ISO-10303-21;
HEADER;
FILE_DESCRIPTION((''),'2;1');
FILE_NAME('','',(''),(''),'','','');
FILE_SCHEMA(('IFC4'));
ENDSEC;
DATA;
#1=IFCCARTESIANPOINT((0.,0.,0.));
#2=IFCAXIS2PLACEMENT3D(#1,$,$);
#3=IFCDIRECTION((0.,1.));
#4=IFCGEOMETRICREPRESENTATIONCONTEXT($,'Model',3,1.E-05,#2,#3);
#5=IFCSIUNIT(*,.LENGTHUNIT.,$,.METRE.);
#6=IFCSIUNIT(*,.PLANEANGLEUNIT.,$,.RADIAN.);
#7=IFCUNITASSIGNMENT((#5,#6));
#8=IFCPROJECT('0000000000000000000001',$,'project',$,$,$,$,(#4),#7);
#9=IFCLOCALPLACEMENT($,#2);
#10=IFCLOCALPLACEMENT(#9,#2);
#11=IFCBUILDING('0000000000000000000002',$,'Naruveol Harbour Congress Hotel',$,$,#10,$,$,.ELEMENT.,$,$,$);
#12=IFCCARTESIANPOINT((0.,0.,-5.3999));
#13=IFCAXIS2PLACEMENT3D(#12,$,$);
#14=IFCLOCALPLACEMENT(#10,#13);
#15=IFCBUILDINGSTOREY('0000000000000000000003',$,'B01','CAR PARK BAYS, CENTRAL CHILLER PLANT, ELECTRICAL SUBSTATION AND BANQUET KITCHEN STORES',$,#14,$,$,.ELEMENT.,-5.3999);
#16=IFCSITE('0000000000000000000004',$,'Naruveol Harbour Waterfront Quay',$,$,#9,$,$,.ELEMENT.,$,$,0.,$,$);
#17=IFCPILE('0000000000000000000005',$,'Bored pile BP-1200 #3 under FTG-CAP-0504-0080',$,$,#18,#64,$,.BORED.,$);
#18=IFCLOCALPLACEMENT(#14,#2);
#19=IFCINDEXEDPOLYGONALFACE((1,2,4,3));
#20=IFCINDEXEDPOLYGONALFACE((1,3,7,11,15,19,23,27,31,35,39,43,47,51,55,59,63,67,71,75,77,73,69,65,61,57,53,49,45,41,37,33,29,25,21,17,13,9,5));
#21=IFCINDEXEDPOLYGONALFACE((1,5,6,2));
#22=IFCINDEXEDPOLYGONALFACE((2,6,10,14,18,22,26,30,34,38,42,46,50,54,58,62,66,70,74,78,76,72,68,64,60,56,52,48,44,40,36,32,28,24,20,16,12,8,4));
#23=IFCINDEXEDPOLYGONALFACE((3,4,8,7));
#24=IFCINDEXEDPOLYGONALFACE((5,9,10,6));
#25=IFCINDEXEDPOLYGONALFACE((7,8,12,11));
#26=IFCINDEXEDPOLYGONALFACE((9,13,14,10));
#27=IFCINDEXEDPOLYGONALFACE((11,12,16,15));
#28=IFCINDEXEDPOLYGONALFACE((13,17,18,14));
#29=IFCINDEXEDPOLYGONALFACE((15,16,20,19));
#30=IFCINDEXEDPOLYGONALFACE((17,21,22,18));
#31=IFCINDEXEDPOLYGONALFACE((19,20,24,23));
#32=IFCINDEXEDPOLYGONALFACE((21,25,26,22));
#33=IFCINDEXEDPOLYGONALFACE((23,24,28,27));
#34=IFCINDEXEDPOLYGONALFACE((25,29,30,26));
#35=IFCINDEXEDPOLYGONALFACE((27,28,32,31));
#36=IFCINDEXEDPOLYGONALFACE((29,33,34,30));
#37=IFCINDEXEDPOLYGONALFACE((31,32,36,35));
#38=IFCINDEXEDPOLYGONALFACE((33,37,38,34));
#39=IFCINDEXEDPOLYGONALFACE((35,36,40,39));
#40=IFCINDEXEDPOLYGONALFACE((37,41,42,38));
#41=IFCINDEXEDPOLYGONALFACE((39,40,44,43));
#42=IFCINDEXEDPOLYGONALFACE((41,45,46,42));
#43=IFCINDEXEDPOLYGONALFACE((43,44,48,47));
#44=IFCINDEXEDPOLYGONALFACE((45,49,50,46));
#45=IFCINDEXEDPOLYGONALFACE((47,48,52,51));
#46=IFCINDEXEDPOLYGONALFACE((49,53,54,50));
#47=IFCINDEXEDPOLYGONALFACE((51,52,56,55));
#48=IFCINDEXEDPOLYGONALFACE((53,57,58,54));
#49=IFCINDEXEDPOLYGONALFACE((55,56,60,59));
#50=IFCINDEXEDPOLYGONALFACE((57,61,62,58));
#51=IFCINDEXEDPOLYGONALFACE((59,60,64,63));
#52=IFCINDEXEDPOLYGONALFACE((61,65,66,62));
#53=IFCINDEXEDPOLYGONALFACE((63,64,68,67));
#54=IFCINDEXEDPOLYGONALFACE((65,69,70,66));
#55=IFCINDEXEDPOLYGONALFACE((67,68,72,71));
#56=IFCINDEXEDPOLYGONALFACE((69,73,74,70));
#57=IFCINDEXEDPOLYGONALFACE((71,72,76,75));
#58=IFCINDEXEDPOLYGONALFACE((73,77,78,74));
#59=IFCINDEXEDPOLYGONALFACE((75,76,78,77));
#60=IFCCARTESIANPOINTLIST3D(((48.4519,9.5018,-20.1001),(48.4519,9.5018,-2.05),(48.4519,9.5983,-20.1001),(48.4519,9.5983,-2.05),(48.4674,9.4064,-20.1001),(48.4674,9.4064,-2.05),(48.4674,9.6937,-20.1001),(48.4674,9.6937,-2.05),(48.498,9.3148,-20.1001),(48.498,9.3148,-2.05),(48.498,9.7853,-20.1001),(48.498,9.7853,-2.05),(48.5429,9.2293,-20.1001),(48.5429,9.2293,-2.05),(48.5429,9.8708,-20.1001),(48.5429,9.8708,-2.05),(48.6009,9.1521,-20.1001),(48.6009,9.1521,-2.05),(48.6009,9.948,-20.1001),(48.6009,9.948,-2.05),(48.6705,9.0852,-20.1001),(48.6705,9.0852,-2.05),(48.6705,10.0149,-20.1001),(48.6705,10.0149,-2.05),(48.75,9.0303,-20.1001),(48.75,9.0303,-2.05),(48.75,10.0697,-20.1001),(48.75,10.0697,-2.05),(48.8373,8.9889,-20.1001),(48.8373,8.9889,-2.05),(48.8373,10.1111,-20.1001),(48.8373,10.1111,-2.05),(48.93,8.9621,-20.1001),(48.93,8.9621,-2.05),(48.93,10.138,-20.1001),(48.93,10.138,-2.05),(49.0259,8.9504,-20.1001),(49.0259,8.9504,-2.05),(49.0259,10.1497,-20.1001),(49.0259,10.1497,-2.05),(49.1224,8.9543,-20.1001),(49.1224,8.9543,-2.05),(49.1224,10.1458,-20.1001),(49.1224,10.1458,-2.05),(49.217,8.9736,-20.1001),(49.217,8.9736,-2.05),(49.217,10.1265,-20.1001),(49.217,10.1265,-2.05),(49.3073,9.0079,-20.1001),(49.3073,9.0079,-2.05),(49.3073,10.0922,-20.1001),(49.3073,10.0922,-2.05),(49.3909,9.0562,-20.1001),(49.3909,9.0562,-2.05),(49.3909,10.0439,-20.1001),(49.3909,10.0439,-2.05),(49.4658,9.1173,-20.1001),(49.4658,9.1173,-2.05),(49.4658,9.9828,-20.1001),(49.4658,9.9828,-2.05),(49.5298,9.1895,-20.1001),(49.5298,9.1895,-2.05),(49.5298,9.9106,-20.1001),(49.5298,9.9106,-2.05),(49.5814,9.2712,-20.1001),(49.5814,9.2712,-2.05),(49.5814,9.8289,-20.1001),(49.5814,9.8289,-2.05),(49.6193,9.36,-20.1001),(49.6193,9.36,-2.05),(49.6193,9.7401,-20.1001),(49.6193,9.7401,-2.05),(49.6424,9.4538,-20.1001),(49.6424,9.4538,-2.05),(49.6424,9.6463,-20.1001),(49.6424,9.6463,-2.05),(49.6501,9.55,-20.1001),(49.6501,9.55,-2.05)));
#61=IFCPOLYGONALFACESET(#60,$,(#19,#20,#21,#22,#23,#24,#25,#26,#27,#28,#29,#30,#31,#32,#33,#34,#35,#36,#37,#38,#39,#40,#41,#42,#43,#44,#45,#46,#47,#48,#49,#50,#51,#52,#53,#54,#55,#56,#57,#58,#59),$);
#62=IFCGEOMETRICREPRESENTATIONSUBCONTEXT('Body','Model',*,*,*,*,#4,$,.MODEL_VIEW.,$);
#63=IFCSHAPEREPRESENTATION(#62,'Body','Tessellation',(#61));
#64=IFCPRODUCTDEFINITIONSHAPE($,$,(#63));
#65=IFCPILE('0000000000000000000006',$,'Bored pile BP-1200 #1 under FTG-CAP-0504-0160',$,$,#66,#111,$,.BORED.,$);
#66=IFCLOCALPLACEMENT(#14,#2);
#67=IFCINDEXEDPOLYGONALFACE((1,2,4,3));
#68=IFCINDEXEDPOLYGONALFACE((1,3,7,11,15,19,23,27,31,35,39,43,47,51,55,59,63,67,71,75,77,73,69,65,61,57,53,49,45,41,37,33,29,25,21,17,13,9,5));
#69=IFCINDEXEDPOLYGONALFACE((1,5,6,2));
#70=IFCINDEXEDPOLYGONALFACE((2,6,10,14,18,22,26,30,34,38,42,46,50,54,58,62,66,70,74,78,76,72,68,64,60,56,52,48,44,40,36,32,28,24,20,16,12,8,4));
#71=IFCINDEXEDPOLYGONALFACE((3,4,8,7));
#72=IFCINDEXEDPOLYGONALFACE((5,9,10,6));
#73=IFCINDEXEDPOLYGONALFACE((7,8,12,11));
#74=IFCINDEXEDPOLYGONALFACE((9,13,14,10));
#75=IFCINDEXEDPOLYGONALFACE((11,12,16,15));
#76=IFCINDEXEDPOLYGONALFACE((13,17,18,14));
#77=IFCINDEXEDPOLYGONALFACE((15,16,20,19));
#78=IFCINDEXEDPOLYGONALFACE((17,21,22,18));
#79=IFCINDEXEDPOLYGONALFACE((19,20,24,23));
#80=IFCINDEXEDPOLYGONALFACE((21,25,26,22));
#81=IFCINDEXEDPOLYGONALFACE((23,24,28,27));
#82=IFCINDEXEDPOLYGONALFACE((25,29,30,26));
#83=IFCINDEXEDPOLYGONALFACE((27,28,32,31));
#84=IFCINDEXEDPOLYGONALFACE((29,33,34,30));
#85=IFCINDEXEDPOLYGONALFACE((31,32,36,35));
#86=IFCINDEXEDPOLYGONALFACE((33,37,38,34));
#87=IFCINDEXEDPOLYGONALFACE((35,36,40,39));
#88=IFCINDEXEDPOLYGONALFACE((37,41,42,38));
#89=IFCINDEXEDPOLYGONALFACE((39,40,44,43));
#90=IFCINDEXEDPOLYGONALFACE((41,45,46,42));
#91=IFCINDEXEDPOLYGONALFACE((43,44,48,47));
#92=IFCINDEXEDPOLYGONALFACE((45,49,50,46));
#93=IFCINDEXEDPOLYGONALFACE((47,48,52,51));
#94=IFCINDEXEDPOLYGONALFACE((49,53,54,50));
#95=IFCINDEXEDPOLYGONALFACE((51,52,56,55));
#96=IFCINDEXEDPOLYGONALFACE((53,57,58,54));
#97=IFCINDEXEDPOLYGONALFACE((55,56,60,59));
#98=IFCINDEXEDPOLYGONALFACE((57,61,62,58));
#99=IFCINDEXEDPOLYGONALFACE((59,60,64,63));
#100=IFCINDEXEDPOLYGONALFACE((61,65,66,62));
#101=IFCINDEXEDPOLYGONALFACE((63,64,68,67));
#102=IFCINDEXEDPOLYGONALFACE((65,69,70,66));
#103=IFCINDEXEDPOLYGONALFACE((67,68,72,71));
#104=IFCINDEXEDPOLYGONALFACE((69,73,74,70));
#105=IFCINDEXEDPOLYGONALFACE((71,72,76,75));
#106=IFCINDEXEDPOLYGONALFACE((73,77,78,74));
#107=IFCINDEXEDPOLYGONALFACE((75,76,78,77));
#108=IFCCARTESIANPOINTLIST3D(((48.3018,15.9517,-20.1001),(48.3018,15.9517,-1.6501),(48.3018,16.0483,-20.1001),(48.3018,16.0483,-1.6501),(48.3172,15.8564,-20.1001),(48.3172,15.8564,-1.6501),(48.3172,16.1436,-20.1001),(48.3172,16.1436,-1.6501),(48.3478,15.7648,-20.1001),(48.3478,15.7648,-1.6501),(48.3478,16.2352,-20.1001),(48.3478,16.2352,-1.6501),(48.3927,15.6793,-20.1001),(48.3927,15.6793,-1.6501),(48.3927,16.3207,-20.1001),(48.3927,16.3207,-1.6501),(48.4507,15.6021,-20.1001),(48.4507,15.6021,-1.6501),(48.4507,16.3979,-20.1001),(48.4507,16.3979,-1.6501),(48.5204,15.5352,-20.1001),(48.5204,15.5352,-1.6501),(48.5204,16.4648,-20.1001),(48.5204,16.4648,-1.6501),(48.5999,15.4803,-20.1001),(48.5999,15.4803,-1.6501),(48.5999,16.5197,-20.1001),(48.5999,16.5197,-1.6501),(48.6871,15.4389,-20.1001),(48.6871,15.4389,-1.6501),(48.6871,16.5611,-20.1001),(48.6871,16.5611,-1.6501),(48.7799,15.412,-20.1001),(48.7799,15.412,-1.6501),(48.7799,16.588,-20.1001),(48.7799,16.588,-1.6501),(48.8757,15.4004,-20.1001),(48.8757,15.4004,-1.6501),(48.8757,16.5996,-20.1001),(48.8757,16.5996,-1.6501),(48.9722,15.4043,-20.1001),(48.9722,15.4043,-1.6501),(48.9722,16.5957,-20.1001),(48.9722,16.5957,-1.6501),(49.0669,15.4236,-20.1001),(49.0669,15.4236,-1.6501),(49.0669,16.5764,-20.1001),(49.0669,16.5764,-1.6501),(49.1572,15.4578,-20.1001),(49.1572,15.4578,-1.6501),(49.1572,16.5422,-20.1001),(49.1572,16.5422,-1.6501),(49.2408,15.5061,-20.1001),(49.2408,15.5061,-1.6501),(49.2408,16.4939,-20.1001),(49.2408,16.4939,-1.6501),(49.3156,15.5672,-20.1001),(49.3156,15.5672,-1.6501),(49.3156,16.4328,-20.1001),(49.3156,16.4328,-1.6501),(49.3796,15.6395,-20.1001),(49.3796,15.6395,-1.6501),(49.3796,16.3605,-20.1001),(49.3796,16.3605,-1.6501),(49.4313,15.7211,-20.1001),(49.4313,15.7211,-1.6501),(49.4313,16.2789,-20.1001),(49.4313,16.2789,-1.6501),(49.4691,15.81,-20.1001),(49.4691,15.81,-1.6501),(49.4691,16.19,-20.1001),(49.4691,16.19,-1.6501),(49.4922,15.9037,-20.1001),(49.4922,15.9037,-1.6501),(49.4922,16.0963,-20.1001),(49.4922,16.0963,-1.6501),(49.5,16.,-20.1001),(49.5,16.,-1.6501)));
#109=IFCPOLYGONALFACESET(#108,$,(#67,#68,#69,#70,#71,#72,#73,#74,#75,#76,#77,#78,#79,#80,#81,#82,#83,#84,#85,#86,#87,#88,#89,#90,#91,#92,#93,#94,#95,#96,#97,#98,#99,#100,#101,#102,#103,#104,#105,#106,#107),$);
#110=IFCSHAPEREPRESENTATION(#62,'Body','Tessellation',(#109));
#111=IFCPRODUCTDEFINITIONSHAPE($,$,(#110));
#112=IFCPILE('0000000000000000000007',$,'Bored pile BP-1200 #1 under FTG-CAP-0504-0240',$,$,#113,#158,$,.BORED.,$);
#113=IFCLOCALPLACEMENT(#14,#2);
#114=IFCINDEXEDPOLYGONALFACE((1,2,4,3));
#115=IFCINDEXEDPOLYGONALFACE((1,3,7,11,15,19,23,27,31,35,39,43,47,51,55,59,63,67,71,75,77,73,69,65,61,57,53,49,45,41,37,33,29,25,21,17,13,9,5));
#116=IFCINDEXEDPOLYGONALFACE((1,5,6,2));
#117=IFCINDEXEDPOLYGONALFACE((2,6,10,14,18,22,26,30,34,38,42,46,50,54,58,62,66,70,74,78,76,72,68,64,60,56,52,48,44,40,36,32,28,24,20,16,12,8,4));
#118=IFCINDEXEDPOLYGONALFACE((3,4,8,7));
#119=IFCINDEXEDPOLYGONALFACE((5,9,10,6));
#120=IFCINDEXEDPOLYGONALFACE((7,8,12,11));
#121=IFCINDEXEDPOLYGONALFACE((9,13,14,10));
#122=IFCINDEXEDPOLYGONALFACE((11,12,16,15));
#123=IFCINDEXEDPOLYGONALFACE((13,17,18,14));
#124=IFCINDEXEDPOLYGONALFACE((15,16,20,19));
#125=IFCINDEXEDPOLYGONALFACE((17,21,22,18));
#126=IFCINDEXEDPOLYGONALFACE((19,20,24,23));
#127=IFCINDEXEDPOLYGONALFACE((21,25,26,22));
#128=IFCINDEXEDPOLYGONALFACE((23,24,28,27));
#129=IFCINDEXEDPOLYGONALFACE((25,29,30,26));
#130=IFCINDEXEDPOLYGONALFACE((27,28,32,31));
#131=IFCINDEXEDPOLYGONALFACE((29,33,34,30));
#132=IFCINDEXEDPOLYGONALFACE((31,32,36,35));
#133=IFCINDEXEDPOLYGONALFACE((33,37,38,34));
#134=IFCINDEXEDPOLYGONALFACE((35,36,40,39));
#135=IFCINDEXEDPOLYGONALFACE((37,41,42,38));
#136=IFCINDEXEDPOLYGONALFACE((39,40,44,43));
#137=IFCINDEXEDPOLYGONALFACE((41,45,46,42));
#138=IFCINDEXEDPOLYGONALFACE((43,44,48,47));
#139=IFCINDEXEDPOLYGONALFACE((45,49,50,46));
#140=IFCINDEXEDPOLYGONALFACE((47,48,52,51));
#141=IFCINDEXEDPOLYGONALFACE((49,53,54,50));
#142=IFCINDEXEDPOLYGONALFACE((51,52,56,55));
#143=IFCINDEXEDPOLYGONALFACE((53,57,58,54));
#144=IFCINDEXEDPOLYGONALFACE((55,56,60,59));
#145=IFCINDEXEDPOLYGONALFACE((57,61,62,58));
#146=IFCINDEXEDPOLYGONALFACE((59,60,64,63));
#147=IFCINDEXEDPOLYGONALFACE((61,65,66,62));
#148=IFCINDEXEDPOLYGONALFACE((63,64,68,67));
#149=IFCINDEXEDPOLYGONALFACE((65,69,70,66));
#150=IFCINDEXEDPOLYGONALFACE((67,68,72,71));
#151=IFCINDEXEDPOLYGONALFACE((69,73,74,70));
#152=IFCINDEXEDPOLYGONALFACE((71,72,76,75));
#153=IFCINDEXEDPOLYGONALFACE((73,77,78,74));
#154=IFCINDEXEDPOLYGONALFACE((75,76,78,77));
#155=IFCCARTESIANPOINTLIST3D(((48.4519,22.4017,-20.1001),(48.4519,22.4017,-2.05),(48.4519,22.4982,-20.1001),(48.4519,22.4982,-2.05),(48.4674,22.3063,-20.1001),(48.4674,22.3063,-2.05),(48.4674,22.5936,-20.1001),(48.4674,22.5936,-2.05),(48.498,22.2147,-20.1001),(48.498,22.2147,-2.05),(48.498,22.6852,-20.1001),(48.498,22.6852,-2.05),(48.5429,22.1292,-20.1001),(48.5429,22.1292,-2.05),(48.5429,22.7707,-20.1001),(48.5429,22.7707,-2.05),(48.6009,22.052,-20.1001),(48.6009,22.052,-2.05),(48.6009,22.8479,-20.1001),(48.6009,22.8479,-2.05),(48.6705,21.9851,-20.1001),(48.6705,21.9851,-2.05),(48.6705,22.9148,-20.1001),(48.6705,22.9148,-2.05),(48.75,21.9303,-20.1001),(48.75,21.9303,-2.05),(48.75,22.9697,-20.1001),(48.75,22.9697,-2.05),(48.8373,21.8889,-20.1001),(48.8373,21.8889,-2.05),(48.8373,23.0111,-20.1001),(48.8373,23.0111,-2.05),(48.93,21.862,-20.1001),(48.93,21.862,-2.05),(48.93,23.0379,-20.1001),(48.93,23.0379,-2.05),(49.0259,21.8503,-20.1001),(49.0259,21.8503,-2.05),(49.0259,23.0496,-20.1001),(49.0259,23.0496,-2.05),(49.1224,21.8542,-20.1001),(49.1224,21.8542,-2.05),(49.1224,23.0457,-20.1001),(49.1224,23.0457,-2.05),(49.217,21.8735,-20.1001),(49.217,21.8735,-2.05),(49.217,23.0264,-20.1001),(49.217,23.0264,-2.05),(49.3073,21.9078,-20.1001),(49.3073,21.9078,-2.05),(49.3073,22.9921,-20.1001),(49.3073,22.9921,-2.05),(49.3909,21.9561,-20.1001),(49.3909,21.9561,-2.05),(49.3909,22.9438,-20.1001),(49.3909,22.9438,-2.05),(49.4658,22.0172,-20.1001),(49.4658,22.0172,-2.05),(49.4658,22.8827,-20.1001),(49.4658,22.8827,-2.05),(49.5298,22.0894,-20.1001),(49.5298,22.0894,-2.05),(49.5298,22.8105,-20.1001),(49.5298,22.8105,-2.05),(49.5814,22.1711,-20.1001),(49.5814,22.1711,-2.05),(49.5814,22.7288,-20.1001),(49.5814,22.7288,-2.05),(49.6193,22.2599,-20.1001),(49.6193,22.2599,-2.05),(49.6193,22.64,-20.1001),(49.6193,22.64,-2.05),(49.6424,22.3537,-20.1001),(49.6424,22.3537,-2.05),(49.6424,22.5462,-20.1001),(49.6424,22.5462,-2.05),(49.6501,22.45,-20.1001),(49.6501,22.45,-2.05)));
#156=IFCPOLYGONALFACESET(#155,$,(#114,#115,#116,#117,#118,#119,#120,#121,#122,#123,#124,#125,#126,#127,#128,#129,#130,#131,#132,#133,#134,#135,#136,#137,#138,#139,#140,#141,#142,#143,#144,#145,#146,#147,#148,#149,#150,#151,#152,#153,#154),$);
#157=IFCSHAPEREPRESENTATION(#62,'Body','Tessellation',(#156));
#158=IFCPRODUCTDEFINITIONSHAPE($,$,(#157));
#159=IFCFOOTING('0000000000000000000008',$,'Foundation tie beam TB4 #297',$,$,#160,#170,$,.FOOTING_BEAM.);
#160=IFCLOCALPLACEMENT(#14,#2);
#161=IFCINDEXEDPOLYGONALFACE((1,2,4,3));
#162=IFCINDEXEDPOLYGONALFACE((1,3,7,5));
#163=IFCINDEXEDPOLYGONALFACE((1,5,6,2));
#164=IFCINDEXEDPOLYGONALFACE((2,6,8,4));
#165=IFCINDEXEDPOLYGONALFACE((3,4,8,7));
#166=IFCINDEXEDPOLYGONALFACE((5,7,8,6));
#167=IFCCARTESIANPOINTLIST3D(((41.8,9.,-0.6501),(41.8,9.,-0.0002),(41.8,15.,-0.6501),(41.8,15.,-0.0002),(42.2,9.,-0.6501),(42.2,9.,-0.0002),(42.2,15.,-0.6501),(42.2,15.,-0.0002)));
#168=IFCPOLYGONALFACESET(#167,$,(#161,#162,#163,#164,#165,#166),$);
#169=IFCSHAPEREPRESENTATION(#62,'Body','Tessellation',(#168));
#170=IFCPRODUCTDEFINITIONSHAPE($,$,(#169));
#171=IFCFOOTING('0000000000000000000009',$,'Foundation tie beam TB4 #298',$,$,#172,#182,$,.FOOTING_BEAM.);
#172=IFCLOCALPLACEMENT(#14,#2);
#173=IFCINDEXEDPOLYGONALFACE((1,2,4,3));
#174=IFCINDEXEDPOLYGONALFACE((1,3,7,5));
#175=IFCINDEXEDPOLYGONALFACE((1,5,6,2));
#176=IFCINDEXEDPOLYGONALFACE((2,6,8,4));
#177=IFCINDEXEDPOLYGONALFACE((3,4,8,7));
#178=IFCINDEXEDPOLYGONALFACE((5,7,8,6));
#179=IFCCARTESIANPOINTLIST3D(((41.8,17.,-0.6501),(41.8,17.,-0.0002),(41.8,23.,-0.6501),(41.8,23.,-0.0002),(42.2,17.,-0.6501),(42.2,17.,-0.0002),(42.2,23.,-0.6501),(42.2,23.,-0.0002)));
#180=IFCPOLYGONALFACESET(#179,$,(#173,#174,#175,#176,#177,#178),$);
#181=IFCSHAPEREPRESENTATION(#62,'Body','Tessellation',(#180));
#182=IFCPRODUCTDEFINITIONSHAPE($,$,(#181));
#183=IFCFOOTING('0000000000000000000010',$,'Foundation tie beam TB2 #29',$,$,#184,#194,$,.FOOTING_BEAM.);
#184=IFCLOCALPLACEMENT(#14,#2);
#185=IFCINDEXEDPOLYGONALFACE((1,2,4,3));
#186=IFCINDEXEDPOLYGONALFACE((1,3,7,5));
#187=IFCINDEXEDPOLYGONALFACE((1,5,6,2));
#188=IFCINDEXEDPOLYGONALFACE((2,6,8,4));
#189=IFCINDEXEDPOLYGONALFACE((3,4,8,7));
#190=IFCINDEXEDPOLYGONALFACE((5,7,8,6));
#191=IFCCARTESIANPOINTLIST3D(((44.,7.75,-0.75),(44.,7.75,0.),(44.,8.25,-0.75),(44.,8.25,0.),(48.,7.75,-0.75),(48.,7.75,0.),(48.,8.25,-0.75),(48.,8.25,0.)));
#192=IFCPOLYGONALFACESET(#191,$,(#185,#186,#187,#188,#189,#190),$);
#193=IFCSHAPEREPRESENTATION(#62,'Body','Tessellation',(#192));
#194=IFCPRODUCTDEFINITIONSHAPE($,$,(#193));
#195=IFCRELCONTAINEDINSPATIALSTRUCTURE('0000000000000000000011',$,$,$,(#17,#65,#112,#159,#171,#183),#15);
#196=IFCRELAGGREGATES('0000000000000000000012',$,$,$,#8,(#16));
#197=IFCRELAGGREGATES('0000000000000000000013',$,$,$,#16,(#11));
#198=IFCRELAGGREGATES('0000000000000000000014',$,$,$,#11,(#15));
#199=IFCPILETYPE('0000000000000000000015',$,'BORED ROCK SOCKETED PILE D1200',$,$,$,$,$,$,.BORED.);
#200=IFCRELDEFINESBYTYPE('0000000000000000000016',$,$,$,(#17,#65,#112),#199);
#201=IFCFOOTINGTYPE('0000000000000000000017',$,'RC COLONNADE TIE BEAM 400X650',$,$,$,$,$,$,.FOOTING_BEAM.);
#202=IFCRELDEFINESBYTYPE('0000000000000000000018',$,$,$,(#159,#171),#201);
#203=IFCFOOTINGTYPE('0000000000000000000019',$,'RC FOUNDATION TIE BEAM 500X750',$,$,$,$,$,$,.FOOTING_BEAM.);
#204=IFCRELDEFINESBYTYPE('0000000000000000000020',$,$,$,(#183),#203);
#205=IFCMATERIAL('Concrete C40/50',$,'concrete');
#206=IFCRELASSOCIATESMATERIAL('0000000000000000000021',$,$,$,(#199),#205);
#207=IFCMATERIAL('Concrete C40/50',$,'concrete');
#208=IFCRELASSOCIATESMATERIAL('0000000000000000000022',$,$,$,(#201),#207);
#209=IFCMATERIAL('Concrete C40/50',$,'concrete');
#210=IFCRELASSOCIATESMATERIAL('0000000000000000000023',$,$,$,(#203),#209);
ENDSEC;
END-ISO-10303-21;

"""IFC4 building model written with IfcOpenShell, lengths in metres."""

from ifc_helpers import new_model, si_unit, direction, frame, origin, origin_2d, place, context, subcontext, project, spatial, rectangle, circle, extrude, material, material_profile, profile_set, type_object, element, save


model = new_model("IFC4")

# Units and contexts
model_context = context("Model", 3, precision=1e-05, world=origin(), true_north=direction((0.0, 1.0)))
body_context = subcontext(model_context, "Body", "Model", "MODEL_VIEW")
ifc_project = project(units=[si_unit("LENGTHUNIT", "METRE"), si_unit("PLANEANGLEUNIT", "RADIAN")], contexts=[model_context])

# Site, building, storey
site_placement = place(None, origin())
site = spatial("IfcSite", under=ifc_project, at=site_placement, Name="Naruveol Harbour Waterfront Quay", CompositionType="ELEMENT", RefElevation=0.0)
building_placement = place(site_placement, origin())
building = spatial("IfcBuilding", under=site, at=building_placement, Name="Naruveol Harbour Congress Hotel", CompositionType="ELEMENT")
storey_placement = place(building_placement, frame((0.0, 0.0, -5.3999)))
storey = spatial("IfcBuildingStorey", under=building, at=storey_placement, Name="B01", Description="CAR PARK BAYS, CENTRAL CHILLER PLANT, ELECTRICAL SUBSTATION AND BANQUET KITCHEN STORES", CompositionType="ELEMENT", Elevation=-5.3999)

# Piles
ifc_material_1 = material(Name="Concrete C40/50", Category="concrete")
ifc_material_profile_1 = material_profile(ifc_material_1, circle(Radius=0.6001, at=origin_2d()), Name="BP-1200")
ifc_profile_set_1 = profile_set([ifc_material_profile_1], Name="Concrete C40/50")
pile_type_1 = type_object("IfcPileType", Name="BORED ROCK SOCKETED PILE D1200", PredefinedType="BORED", material=ifc_profile_set_1)
pile_1_placement = place(storey_placement, frame((49.05, 9.55, -2.05), z_axis=(0.0, 0.0, -1.0), x_axis=(1.0, 0.0, 0.0)))
element("IfcPile", 1, at=pile_1_placement, inside=storey, type_object=pile_type_1, Name="Bored pile BP-1200 #3 under FTG-CAP-0504-0080", PredefinedType="BORED", context=body_context, shape_type="SweptSolid", body=[
    extrude(circle(Radius=0.6001, at=origin_2d()), origin(), (0.0, 0.0, 1.0), 18.05),
])
pile_2_placement = place(storey_placement, frame((48.8999, 16.0, -1.6501), z_axis=(0.0, 0.0, -1.0), x_axis=(1.0, 0.0, 0.0)))
element("IfcPile", 2, at=pile_2_placement, inside=storey, type_object=pile_type_1, Name="Bored pile BP-1200 #1 under FTG-CAP-0504-0160", PredefinedType="BORED", context=body_context, shape_type="SweptSolid", body=[
    extrude(circle(Radius=0.6001, at=origin_2d()), origin(), (0.0, 0.0, 1.0), 18.45),
])
pile_3_placement = place(storey_placement, frame((49.05, 22.45, -2.05), z_axis=(0.0, 0.0, -1.0), x_axis=(1.0, 0.0, 0.0)))
element("IfcPile", 3, at=pile_3_placement, inside=storey, type_object=pile_type_1, Name="Bored pile BP-1200 #1 under FTG-CAP-0504-0240", PredefinedType="BORED", context=body_context, shape_type="SweptSolid", body=[
    extrude(circle(Radius=0.6001, at=origin_2d()), origin(), (0.0, 0.0, 1.0), 18.05),
])

# Footings
ifc_material_2 = material(Name="Concrete C40/50", Category="concrete")
ifc_material_profile_2 = material_profile(ifc_material_2, rectangle(XDim=0.3999, YDim=0.6499, at=origin_2d()), Name="RCB-400x650")
ifc_profile_set_2 = profile_set([ifc_material_profile_2], Name="Concrete C40/50")
footing_type_1 = type_object("IfcFootingType", Name="RC COLONNADE TIE BEAM 400X650", PredefinedType="FOOTING_BEAM", material=ifc_profile_set_2)
for number, where, z_axis, x_axis, name in (
    (4, (42.0, 9.0, -0.3252), (0.0, 1.0, 0.0), (-1.0, 0.0, 0.0), "Foundation tie beam TB4 #297"),
    (5, (42.0, 17.0, -0.3252), (0.0, 1.0, 0.0), (-1.0, 0.0, 0.0), "Foundation tie beam TB4 #298"),
):
    element("IfcFooting", number, at=place(storey_placement, frame(where, z_axis=z_axis, x_axis=x_axis)), inside=storey, type_object=footing_type_1, Name=name, PredefinedType="FOOTING_BEAM", context=body_context, shape_type="SweptSolid", body=[
        extrude(rectangle(XDim=0.3999, YDim=0.6499, at=origin_2d()), origin(), (0.0, 0.0, 1.0), 6.0),
    ])
ifc_material_3 = material(Name="Concrete C40/50", Category="concrete")
ifc_material_profile_3 = material_profile(ifc_material_3, rectangle(XDim=0.5, YDim=0.75, at=origin_2d()), Name="RCB-500x750")
ifc_profile_set_3 = profile_set([ifc_material_profile_3], Name="Concrete C40/50")
footing_type_2 = type_object("IfcFootingType", Name="RC FOUNDATION TIE BEAM 500X750", PredefinedType="FOOTING_BEAM", material=ifc_profile_set_3)
footing_1_placement = place(storey_placement, frame((44.0, 8.0, -0.375), z_axis=(1.0, 0.0, 0.0), x_axis=(0.0, 1.0, 0.0)))
element("IfcFooting", 6, at=footing_1_placement, inside=storey, type_object=footing_type_2, Name="Foundation tie beam TB2 #29", PredefinedType="FOOTING_BEAM", context=body_context, shape_type="SweptSolid", body=[
    extrude(rectangle(XDim=0.5, YDim=0.75, at=origin_2d()), origin(), (0.0, 0.0, 1.0), 4.0),
])

save(model, "model.ifc")
